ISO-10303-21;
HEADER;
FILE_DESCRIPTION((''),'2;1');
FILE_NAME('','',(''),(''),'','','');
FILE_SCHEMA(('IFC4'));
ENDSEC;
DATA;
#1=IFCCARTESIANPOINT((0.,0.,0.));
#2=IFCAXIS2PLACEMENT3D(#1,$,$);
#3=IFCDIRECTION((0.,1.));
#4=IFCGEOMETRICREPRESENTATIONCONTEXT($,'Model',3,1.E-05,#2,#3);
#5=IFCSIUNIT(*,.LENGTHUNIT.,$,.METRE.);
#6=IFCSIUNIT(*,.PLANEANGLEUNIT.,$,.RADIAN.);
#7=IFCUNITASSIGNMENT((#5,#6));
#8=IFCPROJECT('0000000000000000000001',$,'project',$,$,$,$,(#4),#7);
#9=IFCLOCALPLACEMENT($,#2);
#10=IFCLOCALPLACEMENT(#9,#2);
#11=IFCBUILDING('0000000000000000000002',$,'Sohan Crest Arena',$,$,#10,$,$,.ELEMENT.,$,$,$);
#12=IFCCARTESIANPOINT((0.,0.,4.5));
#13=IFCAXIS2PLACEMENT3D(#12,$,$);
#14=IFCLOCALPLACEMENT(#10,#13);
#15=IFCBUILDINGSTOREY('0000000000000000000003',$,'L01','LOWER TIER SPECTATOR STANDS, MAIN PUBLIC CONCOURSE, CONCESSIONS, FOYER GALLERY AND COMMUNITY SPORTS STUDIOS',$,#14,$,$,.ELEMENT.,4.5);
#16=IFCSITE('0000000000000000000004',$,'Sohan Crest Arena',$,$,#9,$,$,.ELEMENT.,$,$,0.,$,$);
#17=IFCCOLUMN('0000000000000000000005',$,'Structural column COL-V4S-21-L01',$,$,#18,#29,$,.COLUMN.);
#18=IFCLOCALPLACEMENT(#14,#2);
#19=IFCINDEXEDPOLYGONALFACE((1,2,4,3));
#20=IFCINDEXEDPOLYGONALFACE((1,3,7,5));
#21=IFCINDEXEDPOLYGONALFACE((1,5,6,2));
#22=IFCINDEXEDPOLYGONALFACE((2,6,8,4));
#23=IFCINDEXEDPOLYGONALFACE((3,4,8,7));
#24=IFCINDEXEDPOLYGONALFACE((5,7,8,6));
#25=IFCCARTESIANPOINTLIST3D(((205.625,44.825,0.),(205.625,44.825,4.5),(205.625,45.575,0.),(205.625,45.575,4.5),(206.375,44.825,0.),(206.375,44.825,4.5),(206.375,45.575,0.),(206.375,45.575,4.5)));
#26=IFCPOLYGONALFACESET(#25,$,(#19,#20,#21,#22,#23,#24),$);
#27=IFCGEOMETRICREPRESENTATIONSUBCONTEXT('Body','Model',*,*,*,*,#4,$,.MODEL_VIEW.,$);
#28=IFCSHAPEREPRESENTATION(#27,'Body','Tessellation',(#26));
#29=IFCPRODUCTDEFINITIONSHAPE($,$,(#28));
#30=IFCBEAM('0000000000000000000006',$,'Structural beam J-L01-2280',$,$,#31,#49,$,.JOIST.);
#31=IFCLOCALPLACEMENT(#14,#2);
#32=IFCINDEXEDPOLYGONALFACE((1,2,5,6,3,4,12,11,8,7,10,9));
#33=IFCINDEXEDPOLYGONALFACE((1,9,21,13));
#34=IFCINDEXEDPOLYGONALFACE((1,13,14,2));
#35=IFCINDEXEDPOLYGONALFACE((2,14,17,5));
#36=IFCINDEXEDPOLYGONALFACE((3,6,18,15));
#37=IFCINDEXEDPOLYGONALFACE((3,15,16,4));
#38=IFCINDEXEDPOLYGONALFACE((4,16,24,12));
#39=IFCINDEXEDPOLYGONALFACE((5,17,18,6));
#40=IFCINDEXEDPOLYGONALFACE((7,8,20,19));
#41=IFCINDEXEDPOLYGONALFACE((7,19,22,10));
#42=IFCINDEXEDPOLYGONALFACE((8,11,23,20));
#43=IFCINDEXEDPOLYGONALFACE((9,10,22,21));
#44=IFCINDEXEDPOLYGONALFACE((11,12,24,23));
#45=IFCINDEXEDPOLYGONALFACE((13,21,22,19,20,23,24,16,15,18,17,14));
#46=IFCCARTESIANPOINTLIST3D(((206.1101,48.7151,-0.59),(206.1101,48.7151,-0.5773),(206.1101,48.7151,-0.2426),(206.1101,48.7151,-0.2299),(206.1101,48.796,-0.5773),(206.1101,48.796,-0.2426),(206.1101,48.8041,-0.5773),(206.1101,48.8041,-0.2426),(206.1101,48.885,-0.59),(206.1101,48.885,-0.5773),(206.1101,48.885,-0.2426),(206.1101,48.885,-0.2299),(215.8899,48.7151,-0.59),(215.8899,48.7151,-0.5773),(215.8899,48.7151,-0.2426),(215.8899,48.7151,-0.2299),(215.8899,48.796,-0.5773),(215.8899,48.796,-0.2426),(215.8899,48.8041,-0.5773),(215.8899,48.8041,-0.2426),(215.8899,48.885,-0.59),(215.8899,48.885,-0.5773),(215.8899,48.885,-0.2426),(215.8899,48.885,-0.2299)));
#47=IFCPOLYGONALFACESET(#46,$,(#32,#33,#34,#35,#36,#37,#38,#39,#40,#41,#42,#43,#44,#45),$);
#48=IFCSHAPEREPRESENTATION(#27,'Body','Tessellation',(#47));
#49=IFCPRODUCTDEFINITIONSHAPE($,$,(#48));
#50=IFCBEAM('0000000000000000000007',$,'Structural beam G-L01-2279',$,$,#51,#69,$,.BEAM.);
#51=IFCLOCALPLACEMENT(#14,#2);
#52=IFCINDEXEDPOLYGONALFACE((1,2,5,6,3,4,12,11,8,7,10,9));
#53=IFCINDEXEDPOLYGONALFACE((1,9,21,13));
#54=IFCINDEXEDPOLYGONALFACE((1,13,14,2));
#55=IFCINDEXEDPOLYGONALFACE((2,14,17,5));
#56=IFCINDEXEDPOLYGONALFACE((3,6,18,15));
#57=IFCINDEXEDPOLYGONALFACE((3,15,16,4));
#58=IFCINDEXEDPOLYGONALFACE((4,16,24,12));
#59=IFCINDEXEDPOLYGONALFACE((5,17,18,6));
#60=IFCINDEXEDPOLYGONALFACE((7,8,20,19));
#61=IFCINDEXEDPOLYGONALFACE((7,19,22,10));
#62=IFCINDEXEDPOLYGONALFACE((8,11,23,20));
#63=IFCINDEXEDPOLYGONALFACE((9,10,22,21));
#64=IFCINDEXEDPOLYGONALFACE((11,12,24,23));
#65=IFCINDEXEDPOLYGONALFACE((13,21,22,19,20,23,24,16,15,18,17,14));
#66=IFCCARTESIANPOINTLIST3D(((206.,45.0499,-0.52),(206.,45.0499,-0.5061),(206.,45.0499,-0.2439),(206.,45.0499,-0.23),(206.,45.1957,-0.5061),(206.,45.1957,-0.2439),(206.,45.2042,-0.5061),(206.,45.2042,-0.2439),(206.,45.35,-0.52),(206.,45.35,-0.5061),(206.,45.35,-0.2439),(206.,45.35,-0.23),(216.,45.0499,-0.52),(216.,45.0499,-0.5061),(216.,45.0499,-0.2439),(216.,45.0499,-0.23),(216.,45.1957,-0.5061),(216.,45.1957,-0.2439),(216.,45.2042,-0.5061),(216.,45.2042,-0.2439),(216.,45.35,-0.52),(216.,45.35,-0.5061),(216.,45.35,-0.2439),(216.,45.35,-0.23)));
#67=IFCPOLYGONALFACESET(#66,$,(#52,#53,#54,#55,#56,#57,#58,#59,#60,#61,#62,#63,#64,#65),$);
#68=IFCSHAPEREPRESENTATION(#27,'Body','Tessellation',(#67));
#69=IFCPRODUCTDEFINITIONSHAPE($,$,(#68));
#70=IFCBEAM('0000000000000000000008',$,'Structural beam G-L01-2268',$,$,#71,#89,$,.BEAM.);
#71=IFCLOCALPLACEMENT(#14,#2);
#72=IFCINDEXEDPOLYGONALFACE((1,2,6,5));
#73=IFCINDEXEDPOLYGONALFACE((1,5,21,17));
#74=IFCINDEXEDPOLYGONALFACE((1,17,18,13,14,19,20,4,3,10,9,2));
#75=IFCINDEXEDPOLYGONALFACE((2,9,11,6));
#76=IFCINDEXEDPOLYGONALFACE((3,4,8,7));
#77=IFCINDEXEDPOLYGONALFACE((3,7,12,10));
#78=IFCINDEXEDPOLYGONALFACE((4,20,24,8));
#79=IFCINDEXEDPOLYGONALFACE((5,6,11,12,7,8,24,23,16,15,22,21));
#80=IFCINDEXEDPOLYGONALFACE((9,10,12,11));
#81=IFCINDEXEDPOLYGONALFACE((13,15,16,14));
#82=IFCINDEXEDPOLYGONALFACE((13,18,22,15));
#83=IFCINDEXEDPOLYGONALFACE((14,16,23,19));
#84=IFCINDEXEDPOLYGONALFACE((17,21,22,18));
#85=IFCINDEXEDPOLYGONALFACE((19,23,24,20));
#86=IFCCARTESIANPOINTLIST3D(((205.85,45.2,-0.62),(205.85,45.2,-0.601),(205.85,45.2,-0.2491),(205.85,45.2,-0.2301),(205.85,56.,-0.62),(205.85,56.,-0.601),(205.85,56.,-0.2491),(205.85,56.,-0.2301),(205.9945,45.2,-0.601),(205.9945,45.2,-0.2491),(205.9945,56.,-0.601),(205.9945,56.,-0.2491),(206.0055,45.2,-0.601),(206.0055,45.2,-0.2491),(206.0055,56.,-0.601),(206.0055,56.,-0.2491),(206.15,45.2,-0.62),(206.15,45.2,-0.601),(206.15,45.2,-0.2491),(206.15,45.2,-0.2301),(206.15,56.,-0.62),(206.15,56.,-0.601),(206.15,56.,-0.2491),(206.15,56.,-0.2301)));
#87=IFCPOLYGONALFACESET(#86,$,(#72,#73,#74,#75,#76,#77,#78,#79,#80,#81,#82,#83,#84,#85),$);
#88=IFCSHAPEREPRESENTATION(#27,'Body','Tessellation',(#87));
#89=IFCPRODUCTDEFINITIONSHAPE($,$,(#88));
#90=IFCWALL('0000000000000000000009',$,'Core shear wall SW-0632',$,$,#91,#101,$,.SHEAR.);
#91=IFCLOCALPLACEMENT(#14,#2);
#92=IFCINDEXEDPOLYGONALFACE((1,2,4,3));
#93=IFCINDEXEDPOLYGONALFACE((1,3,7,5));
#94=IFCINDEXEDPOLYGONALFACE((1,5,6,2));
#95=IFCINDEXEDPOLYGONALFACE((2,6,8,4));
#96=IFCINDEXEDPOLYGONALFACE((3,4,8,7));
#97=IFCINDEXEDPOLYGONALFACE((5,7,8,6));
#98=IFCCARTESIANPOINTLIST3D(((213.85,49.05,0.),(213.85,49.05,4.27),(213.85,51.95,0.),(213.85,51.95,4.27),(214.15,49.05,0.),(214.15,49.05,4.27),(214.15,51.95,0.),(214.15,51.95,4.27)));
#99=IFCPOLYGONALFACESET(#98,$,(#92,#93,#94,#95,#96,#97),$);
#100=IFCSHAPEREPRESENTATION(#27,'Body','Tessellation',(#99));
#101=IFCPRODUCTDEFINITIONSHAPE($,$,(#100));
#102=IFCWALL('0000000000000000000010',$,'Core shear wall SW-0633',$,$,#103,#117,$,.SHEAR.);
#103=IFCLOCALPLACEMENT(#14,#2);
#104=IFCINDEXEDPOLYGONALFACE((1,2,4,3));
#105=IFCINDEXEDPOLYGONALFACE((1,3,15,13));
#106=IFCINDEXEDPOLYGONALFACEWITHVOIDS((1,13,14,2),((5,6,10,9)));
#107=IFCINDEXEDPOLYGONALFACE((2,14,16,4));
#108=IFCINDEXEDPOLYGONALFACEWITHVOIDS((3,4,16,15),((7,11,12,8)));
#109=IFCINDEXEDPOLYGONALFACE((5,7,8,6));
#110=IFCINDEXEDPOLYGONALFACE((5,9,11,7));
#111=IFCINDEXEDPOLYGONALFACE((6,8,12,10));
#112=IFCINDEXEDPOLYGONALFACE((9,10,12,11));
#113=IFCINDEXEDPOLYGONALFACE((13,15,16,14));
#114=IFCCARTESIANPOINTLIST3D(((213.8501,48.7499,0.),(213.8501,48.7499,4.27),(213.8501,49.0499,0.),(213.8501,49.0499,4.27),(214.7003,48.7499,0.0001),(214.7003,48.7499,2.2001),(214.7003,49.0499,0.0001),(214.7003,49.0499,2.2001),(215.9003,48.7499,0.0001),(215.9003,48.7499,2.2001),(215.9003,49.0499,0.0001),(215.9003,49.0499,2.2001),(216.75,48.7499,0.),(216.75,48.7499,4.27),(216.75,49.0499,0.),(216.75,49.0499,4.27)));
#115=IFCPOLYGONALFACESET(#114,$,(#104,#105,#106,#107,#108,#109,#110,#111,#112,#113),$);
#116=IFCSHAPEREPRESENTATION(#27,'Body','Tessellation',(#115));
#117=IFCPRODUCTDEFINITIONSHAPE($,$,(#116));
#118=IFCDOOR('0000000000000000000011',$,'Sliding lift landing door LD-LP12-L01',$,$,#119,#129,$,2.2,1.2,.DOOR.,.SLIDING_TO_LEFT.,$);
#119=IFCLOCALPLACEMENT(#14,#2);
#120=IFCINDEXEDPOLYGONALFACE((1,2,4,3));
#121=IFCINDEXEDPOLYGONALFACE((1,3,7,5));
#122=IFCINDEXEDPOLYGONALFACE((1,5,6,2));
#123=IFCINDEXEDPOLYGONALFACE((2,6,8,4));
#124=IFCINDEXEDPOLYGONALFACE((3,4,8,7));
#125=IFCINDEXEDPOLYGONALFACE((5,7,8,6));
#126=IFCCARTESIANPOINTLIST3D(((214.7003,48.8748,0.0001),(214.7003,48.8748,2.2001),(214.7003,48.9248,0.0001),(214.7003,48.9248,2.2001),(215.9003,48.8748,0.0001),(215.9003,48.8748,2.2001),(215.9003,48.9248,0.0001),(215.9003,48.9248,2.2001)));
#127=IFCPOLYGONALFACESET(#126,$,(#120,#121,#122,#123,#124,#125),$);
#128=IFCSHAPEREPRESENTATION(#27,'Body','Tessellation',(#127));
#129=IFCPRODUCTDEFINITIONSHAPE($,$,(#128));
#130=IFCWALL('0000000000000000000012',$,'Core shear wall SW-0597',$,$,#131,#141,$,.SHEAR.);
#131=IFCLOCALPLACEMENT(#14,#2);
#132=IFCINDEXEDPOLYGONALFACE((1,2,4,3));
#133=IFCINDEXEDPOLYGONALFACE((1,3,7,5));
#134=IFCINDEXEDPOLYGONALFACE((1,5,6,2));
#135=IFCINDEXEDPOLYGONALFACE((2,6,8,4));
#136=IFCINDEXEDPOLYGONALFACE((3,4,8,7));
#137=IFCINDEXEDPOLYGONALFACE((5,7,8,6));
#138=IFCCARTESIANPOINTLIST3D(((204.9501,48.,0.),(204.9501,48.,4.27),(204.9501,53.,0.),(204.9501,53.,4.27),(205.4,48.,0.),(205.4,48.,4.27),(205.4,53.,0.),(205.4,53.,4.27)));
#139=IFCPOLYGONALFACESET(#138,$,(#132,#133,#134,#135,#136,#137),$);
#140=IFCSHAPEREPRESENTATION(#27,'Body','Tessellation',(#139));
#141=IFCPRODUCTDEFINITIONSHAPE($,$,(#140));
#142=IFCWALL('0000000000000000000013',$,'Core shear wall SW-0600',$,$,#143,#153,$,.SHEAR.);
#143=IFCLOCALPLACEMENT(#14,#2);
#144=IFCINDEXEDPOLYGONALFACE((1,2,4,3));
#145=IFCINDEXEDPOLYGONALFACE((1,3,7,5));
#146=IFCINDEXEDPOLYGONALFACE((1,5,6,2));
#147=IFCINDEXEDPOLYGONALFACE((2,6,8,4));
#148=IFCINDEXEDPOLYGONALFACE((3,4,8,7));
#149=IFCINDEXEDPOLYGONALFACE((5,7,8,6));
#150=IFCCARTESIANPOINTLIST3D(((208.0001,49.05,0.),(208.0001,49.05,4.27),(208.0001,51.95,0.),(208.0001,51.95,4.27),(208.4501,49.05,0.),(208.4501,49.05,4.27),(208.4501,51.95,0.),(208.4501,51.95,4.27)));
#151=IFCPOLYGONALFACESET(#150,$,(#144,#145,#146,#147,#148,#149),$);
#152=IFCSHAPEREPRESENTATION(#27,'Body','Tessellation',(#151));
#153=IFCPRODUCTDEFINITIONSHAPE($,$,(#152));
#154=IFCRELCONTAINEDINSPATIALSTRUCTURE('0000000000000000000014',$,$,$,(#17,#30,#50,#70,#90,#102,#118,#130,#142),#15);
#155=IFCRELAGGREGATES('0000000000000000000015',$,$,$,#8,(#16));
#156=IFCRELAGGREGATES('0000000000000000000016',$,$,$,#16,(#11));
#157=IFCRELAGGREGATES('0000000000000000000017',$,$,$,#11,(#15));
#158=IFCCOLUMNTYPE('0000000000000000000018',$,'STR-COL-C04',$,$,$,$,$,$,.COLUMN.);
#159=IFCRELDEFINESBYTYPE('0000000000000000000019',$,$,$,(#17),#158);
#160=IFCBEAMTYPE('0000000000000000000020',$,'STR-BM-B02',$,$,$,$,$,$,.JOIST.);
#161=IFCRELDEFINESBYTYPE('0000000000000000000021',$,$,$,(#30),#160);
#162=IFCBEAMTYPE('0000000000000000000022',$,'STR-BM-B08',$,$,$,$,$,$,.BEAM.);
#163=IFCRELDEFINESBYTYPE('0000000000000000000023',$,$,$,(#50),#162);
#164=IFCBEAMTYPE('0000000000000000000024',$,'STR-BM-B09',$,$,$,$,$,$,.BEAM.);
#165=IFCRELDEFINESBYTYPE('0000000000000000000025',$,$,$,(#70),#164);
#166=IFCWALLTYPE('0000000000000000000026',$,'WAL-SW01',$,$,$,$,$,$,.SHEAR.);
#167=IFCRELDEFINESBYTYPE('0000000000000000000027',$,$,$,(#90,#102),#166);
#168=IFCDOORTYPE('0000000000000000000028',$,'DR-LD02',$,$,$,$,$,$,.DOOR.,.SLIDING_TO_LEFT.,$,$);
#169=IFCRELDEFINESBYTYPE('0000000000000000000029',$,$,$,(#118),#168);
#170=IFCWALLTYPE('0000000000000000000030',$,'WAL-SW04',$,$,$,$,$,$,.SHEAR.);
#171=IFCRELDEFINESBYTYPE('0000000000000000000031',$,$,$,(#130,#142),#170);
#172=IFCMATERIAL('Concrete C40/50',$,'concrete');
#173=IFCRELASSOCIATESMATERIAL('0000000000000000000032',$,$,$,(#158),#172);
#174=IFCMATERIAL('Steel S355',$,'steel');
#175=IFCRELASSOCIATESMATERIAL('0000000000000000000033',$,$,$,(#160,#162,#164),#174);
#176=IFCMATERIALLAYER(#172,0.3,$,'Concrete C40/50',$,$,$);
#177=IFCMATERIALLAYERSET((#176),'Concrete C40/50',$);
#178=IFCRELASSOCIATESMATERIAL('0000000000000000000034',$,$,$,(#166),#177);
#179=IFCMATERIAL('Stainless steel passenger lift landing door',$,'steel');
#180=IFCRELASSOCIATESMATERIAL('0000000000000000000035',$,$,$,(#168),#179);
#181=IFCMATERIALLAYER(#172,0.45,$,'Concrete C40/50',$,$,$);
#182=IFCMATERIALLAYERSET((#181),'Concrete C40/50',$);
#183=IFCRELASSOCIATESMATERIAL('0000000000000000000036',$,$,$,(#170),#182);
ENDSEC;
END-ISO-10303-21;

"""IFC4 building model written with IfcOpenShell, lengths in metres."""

from ifc_helpers import new_model, si_unit, direction, frame, frame_2d, origin, origin_2d, place, context, subcontext, project, spatial, rectangle, i_section, extrude, material, layer, layer_set, material_profile, profile_set, type_object, element, fill, save


model = new_model("IFC4")

# Units and contexts
model_context = context("Model", 3, precision=1e-05, world=origin(), true_north=direction((0.0, 1.0)))
body_context = subcontext(model_context, "Body", "Model", "MODEL_VIEW")
ifc_project = project(units=[si_unit("LENGTHUNIT", "METRE"), si_unit("PLANEANGLEUNIT", "RADIAN")], contexts=[model_context])

# Site, building, storey
site_placement = place(None, origin())
site = spatial("IfcSite", under=ifc_project, at=site_placement, Name="Sohan Crest Arena", CompositionType="ELEMENT", RefElevation=0.0)
building_placement = place(site_placement, origin())
building = spatial("IfcBuilding", under=site, at=building_placement, Name="Sohan Crest Arena", CompositionType="ELEMENT")
storey_placement = place(building_placement, frame((0.0, 0.0, 4.5)))
storey = spatial("IfcBuildingStorey", under=building, at=storey_placement, Name="L01", Description="LOWER TIER SPECTATOR STANDS, MAIN PUBLIC CONCOURSE, CONCESSIONS, FOYER GALLERY AND COMMUNITY SPORTS STUDIOS", CompositionType="ELEMENT", Elevation=4.5)

# Column
ifc_material_1 = material(Name="Concrete C40/50", Category="concrete")
ifc_material_profile_1 = material_profile(ifc_material_1, rectangle(XDim=0.75, YDim=0.75, at=origin_2d()), Name="RC 750x750")
ifc_profile_set_1 = profile_set([ifc_material_profile_1], Name="Concrete C40/50")
column_type = type_object("IfcColumnType", Name="STR-COL-C04", PredefinedType="COLUMN", material=ifc_profile_set_1)
column_placement = place(storey_placement, frame((206.0, 45.2, 0.0), z_axis=(0.0, 0.0, 1.0), x_axis=(1.0, 0.0, 0.0)))
element("IfcColumn", 1, at=column_placement, inside=storey, type_object=column_type, Name="Structural column COL-V4S-21-L01", PredefinedType="COLUMN", context=body_context, shape_type="SweptSolid", body=[
    extrude(rectangle(XDim=0.75, YDim=0.75, at=origin_2d()), origin(), (0.0, 0.0, 1.0), 4.5),
])

# Beams
ifc_material_2 = material(Name="Steel S355", Category="steel")
ifc_material_profile_2 = material_profile(ifc_material_2, i_section(OverallWidth=0.1699, OverallDepth=0.3601, WebThickness=0.0081, FlangeThickness=0.0127, at=origin_2d()), Name="IPE 360")
ifc_profile_set_2 = profile_set([ifc_material_profile_2], Name="Steel S355")
beam_type_1 = type_object("IfcBeamType", Name="STR-BM-B02", PredefinedType="JOIST", material=ifc_profile_set_2)
beam_1_placement = place(storey_placement, frame((206.1101, 48.8, -0.4099), z_axis=(1.0, 0.0, 0.0), x_axis=(0.0, 1.0, 0.0)))
element("IfcBeam", 2, at=beam_1_placement, inside=storey, type_object=beam_type_1, Name="Structural beam J-L01-2280", PredefinedType="JOIST", context=body_context, shape_type="SweptSolid", body=[
    extrude(i_section(OverallWidth=0.1699, OverallDepth=0.3601, WebThickness=0.0081, FlangeThickness=0.0127, at=origin_2d()), origin(), (0.0, 0.0, 1.0), 9.7798),
])
ifc_material_profile_3 = material_profile(ifc_material_2, i_section(OverallWidth=0.3, OverallDepth=0.29, WebThickness=0.0085, FlangeThickness=0.0139, at=origin_2d()), Name="HEA 300")
ifc_profile_set_3 = profile_set([ifc_material_profile_3], Name="Steel S355")
beam_type_2 = type_object("IfcBeamType", Name="STR-BM-B08", PredefinedType="BEAM", material=ifc_profile_set_3)
beam_2_placement = place(storey_placement, frame((206.0, 45.2, -0.375), z_axis=(1.0, 0.0, 0.0), x_axis=(0.0, 1.0, 0.0)))
element("IfcBeam", 3, at=beam_2_placement, inside=storey, type_object=beam_type_2, Name="Structural beam G-L01-2279", PredefinedType="BEAM", context=body_context, shape_type="SweptSolid", body=[
    extrude(i_section(OverallWidth=0.3, OverallDepth=0.29, WebThickness=0.0085, FlangeThickness=0.0139, at=origin_2d()), origin(), (0.0, 0.0, 1.0), 10.0),
])
ifc_material_profile_4 = material_profile(ifc_material_2, i_section(OverallWidth=0.3, OverallDepth=0.3899, WebThickness=0.011, FlangeThickness=0.019, at=origin_2d()), Name="HEA 400")
ifc_profile_set_4 = profile_set([ifc_material_profile_4], Name="Steel S355")
beam_type_3 = type_object("IfcBeamType", Name="STR-BM-B09", PredefinedType="BEAM", material=ifc_profile_set_4)
beam_3_placement = place(storey_placement, frame((206.0, 45.2, -0.425), z_axis=(0.0, 1.0, 0.0), x_axis=(-1.0, 0.0, 0.0)))
element("IfcBeam", 4, at=beam_3_placement, inside=storey, type_object=beam_type_3, Name="Structural beam G-L01-2268", PredefinedType="BEAM", context=body_context, shape_type="SweptSolid", body=[
    extrude(i_section(OverallWidth=0.3, OverallDepth=0.3899, WebThickness=0.011, FlangeThickness=0.019, at=origin_2d()), origin(), (0.0, 0.0, 1.0), 10.8),
])

# Wall
ifc_layer_1 = layer(ifc_material_1, 0.3, Name="Concrete C40/50")
ifc_layer_set_1 = layer_set([ifc_layer_1], Name="Concrete C40/50")
wall_type_1 = type_object("IfcWallType", Name="WAL-SW01", PredefinedType="SHEAR", material=ifc_layer_set_1)
wall_1_placement = place(storey_placement, frame((214.0, 49.05, 0.0), z_axis=(0.0, 0.0, 1.0), x_axis=(0.0, 1.0, 0.0)))
element("IfcWall", 5, at=wall_1_placement, inside=storey, type_object=wall_type_1, Name="Core shear wall SW-0632", PredefinedType="SHEAR", context=body_context, shape_type="SweptSolid", body=[
    extrude(rectangle(XDim=2.8999, YDim=0.3, at=frame_2d((1.45, 0.0))), origin(), (0.0, 0.0, 1.0), 4.27),
])

# Wall, opening, door
wall_2_placement = place(storey_placement, frame((213.8501, 48.8999, 0.0), z_axis=(0.0, 0.0, 1.0), x_axis=(1.0, 0.0, 0.0)))
wall_2 = element("IfcWall", 6, at=wall_2_placement, inside=storey, type_object=wall_type_1, Name="Core shear wall SW-0633", PredefinedType="SHEAR", context=body_context, shape_type="SweptSolid", body=[
    extrude(rectangle(XDim=2.8999, YDim=0.3, at=frame_2d((1.45, 0.0))), origin(), (0.0, 0.0, 1.0), 4.27),
])
opening_1_placement = place(wall_2_placement, frame((0.8501, 0.0, 0.0)))
opening_1 = element("IfcOpeningElement", 7, at=opening_1_placement, cuts=wall_2, PredefinedType="OPENING", context=body_context, shape_type="SweptSolid", body=[
    extrude(rectangle(XDim=1.2, YDim=2.2, at=frame_2d((0.6001, 1.1001))), frame((0.0, 0.1599, 0.0), z_axis=(0.0, -1.0, 0.0), x_axis=(1.0, 0.0, 0.0)), (0.0, 0.0, 1.0), 0.3201),
])
ifc_material_3 = material(Name="Stainless steel passenger lift landing door", Category="steel")
door_type = type_object("IfcDoorType", Name="DR-LD02", OperationType="SLIDING_TO_LEFT", PredefinedType="DOOR", material=ifc_material_3)
door_1_placement = place(opening_1_placement, origin())
door_1 = element("IfcDoor", 8, at=door_1_placement, inside=storey, type_object=door_type, Name="Sliding lift landing door LD-LP12-L01", OperationType="SLIDING_TO_LEFT", OverallHeight=2.2, OverallWidth=1.2, PredefinedType="DOOR", context=body_context, shape_type="SweptSolid", body=[
    extrude(rectangle(XDim=1.2, YDim=2.2, at=frame_2d((0.6001, 1.1001))), frame((0.0, 0.0249, 0.0), z_axis=(0.0, -1.0, 0.0), x_axis=(1.0, 0.0, 0.0)), (0.0, 0.0, 1.0), 0.05),
])
fill(opening_1, door_1)

# Walls
ifc_layer_2 = layer(ifc_material_1, 0.45, Name="Concrete C40/50")
ifc_layer_set_2 = layer_set([ifc_layer_2], Name="Concrete C40/50")
wall_type_2 = type_object("IfcWallType", Name="WAL-SW04", PredefinedType="SHEAR", material=ifc_layer_set_2)
wall_3_placement = place(storey_placement, frame((205.175, 48.0, 0.0), z_axis=(0.0, 0.0, 1.0), x_axis=(0.0, 1.0, 0.0)))
element("IfcWall", 9, at=wall_3_placement, inside=storey, type_object=wall_type_2, Name="Core shear wall SW-0597", PredefinedType="SHEAR", context=body_context, shape_type="SweptSolid", body=[
    extrude(rectangle(XDim=5.0, YDim=0.45, at=frame_2d((2.5, 0.0))), origin(), (0.0, 0.0, 1.0), 4.27),
])
wall_4_placement = place(storey_placement, frame((208.2251, 49.05, 0.0), z_axis=(0.0, 0.0, 1.0), x_axis=(0.0, 1.0, 0.0)))
element("IfcWall", 10, at=wall_4_placement, inside=storey, type_object=wall_type_2, Name="Core shear wall SW-0600", PredefinedType="SHEAR", context=body_context, shape_type="SweptSolid", body=[
    extrude(rectangle(XDim=2.8999, YDim=0.45, at=frame_2d((1.45, 0.0))), origin(), (0.0, 0.0, 1.0), 4.27),
])

save(model, "model.ifc")
